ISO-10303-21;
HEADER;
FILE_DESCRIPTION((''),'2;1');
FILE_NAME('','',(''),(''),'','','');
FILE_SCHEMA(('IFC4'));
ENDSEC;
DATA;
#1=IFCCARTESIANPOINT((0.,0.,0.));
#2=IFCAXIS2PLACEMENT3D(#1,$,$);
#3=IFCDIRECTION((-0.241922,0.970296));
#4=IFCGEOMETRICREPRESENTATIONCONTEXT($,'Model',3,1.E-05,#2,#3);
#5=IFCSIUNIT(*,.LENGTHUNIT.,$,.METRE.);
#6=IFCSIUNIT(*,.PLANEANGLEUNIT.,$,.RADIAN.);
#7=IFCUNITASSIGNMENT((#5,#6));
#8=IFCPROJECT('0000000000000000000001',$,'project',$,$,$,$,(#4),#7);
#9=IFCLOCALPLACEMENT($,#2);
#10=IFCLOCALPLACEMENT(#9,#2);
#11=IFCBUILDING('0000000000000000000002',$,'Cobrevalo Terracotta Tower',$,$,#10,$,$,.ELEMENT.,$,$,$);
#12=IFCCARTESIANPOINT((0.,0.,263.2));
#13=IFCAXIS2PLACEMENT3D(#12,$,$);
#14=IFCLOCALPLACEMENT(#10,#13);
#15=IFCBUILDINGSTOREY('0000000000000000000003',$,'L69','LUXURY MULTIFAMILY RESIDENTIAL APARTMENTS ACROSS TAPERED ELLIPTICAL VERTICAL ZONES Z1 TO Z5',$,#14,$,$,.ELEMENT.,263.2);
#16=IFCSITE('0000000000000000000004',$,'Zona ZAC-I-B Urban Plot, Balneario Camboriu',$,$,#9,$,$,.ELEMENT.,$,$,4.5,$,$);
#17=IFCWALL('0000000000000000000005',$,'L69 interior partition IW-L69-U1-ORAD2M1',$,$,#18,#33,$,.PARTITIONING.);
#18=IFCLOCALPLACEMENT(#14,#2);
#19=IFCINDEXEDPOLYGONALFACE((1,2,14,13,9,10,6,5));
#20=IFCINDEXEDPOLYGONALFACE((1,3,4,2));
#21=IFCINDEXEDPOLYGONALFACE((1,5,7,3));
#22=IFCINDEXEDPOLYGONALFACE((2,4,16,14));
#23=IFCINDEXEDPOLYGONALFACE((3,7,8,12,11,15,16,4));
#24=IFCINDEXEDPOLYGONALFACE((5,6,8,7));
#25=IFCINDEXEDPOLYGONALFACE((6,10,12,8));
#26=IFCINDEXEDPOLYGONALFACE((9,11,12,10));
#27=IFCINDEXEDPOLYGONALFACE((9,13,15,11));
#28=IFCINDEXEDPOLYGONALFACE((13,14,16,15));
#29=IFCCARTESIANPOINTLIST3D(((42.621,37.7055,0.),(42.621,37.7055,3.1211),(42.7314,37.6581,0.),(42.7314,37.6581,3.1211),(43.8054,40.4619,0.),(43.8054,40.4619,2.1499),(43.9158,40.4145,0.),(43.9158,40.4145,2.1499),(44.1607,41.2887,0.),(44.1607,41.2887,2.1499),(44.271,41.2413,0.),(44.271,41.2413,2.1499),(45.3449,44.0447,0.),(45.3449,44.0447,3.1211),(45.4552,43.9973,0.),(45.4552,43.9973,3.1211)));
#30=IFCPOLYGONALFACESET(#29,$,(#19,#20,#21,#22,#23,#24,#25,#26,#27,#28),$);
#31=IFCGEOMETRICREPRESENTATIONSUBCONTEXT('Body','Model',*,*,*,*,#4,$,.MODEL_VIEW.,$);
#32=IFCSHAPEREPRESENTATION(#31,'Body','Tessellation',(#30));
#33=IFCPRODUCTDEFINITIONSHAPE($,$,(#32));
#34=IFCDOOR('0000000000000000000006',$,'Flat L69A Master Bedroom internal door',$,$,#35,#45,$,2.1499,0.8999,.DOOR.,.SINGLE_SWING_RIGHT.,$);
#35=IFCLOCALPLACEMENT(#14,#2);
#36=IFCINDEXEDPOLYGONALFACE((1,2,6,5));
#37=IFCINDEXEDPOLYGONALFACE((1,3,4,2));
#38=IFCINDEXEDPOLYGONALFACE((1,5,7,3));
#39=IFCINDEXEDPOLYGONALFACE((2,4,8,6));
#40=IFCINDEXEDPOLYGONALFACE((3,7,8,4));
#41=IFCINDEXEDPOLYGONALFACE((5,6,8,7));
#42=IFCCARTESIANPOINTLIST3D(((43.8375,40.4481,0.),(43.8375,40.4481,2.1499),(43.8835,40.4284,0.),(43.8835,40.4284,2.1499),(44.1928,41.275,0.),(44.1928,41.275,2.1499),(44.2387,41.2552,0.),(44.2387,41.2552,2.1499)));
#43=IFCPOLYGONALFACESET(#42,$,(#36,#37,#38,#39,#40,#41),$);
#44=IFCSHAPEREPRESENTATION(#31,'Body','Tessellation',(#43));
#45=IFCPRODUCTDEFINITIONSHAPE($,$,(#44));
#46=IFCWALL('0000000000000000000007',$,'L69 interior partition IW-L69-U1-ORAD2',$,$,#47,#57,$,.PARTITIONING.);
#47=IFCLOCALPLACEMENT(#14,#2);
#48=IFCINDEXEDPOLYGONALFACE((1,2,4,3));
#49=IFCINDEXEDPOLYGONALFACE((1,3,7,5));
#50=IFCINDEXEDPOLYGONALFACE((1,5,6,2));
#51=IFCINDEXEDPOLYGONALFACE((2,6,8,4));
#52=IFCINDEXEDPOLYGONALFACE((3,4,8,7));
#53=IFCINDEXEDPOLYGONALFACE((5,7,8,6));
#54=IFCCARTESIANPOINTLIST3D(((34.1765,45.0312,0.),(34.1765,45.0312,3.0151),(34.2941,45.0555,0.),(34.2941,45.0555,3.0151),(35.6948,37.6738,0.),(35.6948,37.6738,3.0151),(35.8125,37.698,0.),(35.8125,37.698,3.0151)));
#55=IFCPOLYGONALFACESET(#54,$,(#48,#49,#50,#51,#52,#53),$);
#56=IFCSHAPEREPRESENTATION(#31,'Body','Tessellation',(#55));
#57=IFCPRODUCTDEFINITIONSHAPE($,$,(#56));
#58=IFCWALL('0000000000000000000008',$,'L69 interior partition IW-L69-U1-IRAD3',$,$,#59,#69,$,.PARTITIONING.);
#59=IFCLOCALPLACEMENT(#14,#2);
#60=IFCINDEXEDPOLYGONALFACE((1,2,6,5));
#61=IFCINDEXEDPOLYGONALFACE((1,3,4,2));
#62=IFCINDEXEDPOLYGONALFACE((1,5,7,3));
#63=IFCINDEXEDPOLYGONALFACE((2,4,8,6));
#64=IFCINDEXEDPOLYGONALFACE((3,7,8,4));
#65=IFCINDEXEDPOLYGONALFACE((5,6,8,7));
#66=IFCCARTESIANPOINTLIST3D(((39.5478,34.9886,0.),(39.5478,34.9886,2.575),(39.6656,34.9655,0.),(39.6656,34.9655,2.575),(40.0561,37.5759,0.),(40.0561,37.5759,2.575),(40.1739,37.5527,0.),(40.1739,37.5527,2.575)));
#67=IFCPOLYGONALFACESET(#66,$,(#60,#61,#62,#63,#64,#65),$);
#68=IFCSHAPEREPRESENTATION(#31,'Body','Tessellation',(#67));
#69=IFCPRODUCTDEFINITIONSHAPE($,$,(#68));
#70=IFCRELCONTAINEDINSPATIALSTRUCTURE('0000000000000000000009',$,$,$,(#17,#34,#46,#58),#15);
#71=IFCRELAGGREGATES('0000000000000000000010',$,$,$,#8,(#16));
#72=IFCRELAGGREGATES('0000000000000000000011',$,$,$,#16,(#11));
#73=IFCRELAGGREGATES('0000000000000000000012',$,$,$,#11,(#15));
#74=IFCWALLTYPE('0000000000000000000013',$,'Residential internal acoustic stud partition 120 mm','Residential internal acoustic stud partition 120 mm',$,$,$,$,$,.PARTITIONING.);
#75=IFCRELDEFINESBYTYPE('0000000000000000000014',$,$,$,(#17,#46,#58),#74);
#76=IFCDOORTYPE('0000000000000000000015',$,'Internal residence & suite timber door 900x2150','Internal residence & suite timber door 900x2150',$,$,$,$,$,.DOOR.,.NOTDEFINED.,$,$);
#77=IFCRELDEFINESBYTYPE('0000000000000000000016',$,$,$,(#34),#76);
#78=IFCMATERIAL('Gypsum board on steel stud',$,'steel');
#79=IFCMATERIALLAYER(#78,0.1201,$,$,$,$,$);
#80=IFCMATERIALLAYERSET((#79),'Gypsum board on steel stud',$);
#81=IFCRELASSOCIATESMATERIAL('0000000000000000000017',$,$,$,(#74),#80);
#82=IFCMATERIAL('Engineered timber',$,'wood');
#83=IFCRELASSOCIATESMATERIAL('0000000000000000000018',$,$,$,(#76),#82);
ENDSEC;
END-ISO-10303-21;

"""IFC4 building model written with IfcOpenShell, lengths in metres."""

from ifc_helpers import new_model, si_unit, direction, frame, frame_2d, origin, place, context, subcontext, project, spatial, rectangle, extrude, source, transform, mapped, material, layer, layer_set, type_object, element, fill, save


model = new_model("IFC4")

# Units and contexts
model_context = context("Model", 3, precision=1e-05, world=origin(), true_north=direction((-0.241922, 0.970296)))
body_context = subcontext(model_context, "Body", "Model", "MODEL_VIEW")
ifc_project = project(units=[si_unit("LENGTHUNIT", "METRE"), si_unit("PLANEANGLEUNIT", "RADIAN")], contexts=[model_context])

# Site, building, storey
site_placement = place(None, origin())
site = spatial("IfcSite", under=ifc_project, at=site_placement, Name="Zona ZAC-I-B Urban Plot, Balneario Camboriu", CompositionType="ELEMENT", RefElevation=4.5)
building_placement = place(site_placement, origin())
building = spatial("IfcBuilding", under=site, at=building_placement, Name="Cobrevalo Terracotta Tower", CompositionType="ELEMENT")
storey_placement = place(building_placement, frame((0.0, 0.0, 263.2)))
storey = spatial("IfcBuildingStorey", under=building, at=storey_placement, Name="L69", Description="LUXURY MULTIFAMILY RESIDENTIAL APARTMENTS ACROSS TAPERED ELLIPTICAL VERTICAL ZONES Z1 TO Z5", CompositionType="ELEMENT", Elevation=263.2)

# Wall, opening, door
ifc_material_1 = material(Name="Gypsum board on steel stud", Category="steel")
ifc_layer_1 = layer(ifc_material_1, 0.1201)
ifc_layer_set_1 = layer_set([ifc_layer_1], Name="Gypsum board on steel stud")
wall_type_1 = type_object("IfcWallType", Name="Residential internal acoustic stud partition 120 mm", Description="Residential internal acoustic stud partition 120 mm", PredefinedType="PARTITIONING", material=ifc_layer_set_1)
wall_1_placement = place(storey_placement, frame((42.6763, 37.6819, 0.0), z_axis=(0.0, 0.0, 1.0), x_axis=(0.394777, 0.918777, 0.0)))
wall_1 = element("IfcWall", 1, at=wall_1_placement, inside=storey, type_object=wall_type_1, Name="L69 interior partition IW-L69-U1-ORAD2M1", PredefinedType="PARTITIONING", context=body_context, shape_type="SweptSolid", body=[
    extrude(rectangle(XDim=6.8997, YDim=0.1201, at=frame_2d((3.4497, 0.0))), origin(), (0.0, 0.0, 1.0), 3.1211),
])
opening_1_placement = place(wall_1_placement, frame((3.0, 0.0, 0.0)))
opening_1 = element("IfcOpeningElement", 2, at=opening_1_placement, cuts=wall_1, PredefinedType="OPENING", context=body_context, shape_type="SweptSolid", body=[
    extrude(rectangle(XDim=0.8999, YDim=2.1499, at=frame_2d((0.45, 1.075))), frame((0.0, 0.0701, 0.0), z_axis=(0.0, -1.0, 0.0), x_axis=(1.0, 0.0, 0.0)), (0.0, 0.0, 1.0), 0.1401),
])
ifc_material_2 = material(Name="Engineered timber", Category="wood")
door_type_1 = type_object("IfcDoorType", Name="Internal residence & suite timber door 900x2150", Description="Internal residence & suite timber door 900x2150", OperationType="NOTDEFINED", PredefinedType="DOOR", material=ifc_material_2)
shared_shape_1 = source(origin(), body_context, "Body", "SweptSolid", [
    extrude(rectangle(XDim=0.8999, YDim=2.1499, at=frame_2d((0.45, 1.075))), frame((0.0, 0.0249, 0.0), z_axis=(0.0, -1.0, 0.0), x_axis=(1.0, 0.0, 0.0)), (0.0, 0.0, 1.0), 0.05),
])
door_1_placement = place(opening_1_placement, frame((0.8999, 0.0, 0.0), z_axis=(0.0, 0.0, 1.0), x_axis=(-1.0, 0.0, 0.0)))
door_1 = element("IfcDoor", 3, at=door_1_placement, inside=storey, type_object=door_type_1, Name="Flat L69A Master Bedroom internal door", OperationType="SINGLE_SWING_RIGHT", OverallHeight=2.1499, OverallWidth=0.8999, PredefinedType="DOOR", context=body_context, shape_type="MappedRepresentation", body=[
    mapped(shared_shape_1, transform((0.0, 0.0, 0.0), scale=1.0)),
])
fill(opening_1, door_1)

# Wall
wall_2_placement = place(storey_placement, frame((35.7537, 37.6858, 0.0), z_axis=(0.0, 0.0, 1.0), x_axis=(-0.202106, 0.979364, 0.0)))
element("IfcWall", 4, at=wall_2_placement, inside=storey, type_object=wall_type_1, Name="L69 interior partition IW-L69-U1-ORAD2", PredefinedType="PARTITIONING", context=body_context, shape_type="SweptSolid", body=[
    extrude(rectangle(XDim=7.5125, YDim=0.1201, at=frame_2d((3.7563, 0.0))), origin(), (0.0, 0.0, 1.0), 3.0151),
])

# Wall
wall_3_placement = place(storey_placement, frame((39.6067, 34.9771, 0.0), z_axis=(0.0, 0.0, 1.0), x_axis=(0.192785, 0.981241, 0.0)))
element("IfcWall", 5, at=wall_3_placement, inside=storey, type_object=wall_type_1, Name="L69 interior partition IW-L69-U1-IRAD3", PredefinedType="PARTITIONING", context=body_context, shape_type="SweptSolid", body=[
    extrude(rectangle(XDim=2.6367, YDim=0.1201, at=frame_2d((1.3184, 0.0))), origin(), (0.0, 0.0, 1.0), 2.575),
])

save(model, "model.ifc")
